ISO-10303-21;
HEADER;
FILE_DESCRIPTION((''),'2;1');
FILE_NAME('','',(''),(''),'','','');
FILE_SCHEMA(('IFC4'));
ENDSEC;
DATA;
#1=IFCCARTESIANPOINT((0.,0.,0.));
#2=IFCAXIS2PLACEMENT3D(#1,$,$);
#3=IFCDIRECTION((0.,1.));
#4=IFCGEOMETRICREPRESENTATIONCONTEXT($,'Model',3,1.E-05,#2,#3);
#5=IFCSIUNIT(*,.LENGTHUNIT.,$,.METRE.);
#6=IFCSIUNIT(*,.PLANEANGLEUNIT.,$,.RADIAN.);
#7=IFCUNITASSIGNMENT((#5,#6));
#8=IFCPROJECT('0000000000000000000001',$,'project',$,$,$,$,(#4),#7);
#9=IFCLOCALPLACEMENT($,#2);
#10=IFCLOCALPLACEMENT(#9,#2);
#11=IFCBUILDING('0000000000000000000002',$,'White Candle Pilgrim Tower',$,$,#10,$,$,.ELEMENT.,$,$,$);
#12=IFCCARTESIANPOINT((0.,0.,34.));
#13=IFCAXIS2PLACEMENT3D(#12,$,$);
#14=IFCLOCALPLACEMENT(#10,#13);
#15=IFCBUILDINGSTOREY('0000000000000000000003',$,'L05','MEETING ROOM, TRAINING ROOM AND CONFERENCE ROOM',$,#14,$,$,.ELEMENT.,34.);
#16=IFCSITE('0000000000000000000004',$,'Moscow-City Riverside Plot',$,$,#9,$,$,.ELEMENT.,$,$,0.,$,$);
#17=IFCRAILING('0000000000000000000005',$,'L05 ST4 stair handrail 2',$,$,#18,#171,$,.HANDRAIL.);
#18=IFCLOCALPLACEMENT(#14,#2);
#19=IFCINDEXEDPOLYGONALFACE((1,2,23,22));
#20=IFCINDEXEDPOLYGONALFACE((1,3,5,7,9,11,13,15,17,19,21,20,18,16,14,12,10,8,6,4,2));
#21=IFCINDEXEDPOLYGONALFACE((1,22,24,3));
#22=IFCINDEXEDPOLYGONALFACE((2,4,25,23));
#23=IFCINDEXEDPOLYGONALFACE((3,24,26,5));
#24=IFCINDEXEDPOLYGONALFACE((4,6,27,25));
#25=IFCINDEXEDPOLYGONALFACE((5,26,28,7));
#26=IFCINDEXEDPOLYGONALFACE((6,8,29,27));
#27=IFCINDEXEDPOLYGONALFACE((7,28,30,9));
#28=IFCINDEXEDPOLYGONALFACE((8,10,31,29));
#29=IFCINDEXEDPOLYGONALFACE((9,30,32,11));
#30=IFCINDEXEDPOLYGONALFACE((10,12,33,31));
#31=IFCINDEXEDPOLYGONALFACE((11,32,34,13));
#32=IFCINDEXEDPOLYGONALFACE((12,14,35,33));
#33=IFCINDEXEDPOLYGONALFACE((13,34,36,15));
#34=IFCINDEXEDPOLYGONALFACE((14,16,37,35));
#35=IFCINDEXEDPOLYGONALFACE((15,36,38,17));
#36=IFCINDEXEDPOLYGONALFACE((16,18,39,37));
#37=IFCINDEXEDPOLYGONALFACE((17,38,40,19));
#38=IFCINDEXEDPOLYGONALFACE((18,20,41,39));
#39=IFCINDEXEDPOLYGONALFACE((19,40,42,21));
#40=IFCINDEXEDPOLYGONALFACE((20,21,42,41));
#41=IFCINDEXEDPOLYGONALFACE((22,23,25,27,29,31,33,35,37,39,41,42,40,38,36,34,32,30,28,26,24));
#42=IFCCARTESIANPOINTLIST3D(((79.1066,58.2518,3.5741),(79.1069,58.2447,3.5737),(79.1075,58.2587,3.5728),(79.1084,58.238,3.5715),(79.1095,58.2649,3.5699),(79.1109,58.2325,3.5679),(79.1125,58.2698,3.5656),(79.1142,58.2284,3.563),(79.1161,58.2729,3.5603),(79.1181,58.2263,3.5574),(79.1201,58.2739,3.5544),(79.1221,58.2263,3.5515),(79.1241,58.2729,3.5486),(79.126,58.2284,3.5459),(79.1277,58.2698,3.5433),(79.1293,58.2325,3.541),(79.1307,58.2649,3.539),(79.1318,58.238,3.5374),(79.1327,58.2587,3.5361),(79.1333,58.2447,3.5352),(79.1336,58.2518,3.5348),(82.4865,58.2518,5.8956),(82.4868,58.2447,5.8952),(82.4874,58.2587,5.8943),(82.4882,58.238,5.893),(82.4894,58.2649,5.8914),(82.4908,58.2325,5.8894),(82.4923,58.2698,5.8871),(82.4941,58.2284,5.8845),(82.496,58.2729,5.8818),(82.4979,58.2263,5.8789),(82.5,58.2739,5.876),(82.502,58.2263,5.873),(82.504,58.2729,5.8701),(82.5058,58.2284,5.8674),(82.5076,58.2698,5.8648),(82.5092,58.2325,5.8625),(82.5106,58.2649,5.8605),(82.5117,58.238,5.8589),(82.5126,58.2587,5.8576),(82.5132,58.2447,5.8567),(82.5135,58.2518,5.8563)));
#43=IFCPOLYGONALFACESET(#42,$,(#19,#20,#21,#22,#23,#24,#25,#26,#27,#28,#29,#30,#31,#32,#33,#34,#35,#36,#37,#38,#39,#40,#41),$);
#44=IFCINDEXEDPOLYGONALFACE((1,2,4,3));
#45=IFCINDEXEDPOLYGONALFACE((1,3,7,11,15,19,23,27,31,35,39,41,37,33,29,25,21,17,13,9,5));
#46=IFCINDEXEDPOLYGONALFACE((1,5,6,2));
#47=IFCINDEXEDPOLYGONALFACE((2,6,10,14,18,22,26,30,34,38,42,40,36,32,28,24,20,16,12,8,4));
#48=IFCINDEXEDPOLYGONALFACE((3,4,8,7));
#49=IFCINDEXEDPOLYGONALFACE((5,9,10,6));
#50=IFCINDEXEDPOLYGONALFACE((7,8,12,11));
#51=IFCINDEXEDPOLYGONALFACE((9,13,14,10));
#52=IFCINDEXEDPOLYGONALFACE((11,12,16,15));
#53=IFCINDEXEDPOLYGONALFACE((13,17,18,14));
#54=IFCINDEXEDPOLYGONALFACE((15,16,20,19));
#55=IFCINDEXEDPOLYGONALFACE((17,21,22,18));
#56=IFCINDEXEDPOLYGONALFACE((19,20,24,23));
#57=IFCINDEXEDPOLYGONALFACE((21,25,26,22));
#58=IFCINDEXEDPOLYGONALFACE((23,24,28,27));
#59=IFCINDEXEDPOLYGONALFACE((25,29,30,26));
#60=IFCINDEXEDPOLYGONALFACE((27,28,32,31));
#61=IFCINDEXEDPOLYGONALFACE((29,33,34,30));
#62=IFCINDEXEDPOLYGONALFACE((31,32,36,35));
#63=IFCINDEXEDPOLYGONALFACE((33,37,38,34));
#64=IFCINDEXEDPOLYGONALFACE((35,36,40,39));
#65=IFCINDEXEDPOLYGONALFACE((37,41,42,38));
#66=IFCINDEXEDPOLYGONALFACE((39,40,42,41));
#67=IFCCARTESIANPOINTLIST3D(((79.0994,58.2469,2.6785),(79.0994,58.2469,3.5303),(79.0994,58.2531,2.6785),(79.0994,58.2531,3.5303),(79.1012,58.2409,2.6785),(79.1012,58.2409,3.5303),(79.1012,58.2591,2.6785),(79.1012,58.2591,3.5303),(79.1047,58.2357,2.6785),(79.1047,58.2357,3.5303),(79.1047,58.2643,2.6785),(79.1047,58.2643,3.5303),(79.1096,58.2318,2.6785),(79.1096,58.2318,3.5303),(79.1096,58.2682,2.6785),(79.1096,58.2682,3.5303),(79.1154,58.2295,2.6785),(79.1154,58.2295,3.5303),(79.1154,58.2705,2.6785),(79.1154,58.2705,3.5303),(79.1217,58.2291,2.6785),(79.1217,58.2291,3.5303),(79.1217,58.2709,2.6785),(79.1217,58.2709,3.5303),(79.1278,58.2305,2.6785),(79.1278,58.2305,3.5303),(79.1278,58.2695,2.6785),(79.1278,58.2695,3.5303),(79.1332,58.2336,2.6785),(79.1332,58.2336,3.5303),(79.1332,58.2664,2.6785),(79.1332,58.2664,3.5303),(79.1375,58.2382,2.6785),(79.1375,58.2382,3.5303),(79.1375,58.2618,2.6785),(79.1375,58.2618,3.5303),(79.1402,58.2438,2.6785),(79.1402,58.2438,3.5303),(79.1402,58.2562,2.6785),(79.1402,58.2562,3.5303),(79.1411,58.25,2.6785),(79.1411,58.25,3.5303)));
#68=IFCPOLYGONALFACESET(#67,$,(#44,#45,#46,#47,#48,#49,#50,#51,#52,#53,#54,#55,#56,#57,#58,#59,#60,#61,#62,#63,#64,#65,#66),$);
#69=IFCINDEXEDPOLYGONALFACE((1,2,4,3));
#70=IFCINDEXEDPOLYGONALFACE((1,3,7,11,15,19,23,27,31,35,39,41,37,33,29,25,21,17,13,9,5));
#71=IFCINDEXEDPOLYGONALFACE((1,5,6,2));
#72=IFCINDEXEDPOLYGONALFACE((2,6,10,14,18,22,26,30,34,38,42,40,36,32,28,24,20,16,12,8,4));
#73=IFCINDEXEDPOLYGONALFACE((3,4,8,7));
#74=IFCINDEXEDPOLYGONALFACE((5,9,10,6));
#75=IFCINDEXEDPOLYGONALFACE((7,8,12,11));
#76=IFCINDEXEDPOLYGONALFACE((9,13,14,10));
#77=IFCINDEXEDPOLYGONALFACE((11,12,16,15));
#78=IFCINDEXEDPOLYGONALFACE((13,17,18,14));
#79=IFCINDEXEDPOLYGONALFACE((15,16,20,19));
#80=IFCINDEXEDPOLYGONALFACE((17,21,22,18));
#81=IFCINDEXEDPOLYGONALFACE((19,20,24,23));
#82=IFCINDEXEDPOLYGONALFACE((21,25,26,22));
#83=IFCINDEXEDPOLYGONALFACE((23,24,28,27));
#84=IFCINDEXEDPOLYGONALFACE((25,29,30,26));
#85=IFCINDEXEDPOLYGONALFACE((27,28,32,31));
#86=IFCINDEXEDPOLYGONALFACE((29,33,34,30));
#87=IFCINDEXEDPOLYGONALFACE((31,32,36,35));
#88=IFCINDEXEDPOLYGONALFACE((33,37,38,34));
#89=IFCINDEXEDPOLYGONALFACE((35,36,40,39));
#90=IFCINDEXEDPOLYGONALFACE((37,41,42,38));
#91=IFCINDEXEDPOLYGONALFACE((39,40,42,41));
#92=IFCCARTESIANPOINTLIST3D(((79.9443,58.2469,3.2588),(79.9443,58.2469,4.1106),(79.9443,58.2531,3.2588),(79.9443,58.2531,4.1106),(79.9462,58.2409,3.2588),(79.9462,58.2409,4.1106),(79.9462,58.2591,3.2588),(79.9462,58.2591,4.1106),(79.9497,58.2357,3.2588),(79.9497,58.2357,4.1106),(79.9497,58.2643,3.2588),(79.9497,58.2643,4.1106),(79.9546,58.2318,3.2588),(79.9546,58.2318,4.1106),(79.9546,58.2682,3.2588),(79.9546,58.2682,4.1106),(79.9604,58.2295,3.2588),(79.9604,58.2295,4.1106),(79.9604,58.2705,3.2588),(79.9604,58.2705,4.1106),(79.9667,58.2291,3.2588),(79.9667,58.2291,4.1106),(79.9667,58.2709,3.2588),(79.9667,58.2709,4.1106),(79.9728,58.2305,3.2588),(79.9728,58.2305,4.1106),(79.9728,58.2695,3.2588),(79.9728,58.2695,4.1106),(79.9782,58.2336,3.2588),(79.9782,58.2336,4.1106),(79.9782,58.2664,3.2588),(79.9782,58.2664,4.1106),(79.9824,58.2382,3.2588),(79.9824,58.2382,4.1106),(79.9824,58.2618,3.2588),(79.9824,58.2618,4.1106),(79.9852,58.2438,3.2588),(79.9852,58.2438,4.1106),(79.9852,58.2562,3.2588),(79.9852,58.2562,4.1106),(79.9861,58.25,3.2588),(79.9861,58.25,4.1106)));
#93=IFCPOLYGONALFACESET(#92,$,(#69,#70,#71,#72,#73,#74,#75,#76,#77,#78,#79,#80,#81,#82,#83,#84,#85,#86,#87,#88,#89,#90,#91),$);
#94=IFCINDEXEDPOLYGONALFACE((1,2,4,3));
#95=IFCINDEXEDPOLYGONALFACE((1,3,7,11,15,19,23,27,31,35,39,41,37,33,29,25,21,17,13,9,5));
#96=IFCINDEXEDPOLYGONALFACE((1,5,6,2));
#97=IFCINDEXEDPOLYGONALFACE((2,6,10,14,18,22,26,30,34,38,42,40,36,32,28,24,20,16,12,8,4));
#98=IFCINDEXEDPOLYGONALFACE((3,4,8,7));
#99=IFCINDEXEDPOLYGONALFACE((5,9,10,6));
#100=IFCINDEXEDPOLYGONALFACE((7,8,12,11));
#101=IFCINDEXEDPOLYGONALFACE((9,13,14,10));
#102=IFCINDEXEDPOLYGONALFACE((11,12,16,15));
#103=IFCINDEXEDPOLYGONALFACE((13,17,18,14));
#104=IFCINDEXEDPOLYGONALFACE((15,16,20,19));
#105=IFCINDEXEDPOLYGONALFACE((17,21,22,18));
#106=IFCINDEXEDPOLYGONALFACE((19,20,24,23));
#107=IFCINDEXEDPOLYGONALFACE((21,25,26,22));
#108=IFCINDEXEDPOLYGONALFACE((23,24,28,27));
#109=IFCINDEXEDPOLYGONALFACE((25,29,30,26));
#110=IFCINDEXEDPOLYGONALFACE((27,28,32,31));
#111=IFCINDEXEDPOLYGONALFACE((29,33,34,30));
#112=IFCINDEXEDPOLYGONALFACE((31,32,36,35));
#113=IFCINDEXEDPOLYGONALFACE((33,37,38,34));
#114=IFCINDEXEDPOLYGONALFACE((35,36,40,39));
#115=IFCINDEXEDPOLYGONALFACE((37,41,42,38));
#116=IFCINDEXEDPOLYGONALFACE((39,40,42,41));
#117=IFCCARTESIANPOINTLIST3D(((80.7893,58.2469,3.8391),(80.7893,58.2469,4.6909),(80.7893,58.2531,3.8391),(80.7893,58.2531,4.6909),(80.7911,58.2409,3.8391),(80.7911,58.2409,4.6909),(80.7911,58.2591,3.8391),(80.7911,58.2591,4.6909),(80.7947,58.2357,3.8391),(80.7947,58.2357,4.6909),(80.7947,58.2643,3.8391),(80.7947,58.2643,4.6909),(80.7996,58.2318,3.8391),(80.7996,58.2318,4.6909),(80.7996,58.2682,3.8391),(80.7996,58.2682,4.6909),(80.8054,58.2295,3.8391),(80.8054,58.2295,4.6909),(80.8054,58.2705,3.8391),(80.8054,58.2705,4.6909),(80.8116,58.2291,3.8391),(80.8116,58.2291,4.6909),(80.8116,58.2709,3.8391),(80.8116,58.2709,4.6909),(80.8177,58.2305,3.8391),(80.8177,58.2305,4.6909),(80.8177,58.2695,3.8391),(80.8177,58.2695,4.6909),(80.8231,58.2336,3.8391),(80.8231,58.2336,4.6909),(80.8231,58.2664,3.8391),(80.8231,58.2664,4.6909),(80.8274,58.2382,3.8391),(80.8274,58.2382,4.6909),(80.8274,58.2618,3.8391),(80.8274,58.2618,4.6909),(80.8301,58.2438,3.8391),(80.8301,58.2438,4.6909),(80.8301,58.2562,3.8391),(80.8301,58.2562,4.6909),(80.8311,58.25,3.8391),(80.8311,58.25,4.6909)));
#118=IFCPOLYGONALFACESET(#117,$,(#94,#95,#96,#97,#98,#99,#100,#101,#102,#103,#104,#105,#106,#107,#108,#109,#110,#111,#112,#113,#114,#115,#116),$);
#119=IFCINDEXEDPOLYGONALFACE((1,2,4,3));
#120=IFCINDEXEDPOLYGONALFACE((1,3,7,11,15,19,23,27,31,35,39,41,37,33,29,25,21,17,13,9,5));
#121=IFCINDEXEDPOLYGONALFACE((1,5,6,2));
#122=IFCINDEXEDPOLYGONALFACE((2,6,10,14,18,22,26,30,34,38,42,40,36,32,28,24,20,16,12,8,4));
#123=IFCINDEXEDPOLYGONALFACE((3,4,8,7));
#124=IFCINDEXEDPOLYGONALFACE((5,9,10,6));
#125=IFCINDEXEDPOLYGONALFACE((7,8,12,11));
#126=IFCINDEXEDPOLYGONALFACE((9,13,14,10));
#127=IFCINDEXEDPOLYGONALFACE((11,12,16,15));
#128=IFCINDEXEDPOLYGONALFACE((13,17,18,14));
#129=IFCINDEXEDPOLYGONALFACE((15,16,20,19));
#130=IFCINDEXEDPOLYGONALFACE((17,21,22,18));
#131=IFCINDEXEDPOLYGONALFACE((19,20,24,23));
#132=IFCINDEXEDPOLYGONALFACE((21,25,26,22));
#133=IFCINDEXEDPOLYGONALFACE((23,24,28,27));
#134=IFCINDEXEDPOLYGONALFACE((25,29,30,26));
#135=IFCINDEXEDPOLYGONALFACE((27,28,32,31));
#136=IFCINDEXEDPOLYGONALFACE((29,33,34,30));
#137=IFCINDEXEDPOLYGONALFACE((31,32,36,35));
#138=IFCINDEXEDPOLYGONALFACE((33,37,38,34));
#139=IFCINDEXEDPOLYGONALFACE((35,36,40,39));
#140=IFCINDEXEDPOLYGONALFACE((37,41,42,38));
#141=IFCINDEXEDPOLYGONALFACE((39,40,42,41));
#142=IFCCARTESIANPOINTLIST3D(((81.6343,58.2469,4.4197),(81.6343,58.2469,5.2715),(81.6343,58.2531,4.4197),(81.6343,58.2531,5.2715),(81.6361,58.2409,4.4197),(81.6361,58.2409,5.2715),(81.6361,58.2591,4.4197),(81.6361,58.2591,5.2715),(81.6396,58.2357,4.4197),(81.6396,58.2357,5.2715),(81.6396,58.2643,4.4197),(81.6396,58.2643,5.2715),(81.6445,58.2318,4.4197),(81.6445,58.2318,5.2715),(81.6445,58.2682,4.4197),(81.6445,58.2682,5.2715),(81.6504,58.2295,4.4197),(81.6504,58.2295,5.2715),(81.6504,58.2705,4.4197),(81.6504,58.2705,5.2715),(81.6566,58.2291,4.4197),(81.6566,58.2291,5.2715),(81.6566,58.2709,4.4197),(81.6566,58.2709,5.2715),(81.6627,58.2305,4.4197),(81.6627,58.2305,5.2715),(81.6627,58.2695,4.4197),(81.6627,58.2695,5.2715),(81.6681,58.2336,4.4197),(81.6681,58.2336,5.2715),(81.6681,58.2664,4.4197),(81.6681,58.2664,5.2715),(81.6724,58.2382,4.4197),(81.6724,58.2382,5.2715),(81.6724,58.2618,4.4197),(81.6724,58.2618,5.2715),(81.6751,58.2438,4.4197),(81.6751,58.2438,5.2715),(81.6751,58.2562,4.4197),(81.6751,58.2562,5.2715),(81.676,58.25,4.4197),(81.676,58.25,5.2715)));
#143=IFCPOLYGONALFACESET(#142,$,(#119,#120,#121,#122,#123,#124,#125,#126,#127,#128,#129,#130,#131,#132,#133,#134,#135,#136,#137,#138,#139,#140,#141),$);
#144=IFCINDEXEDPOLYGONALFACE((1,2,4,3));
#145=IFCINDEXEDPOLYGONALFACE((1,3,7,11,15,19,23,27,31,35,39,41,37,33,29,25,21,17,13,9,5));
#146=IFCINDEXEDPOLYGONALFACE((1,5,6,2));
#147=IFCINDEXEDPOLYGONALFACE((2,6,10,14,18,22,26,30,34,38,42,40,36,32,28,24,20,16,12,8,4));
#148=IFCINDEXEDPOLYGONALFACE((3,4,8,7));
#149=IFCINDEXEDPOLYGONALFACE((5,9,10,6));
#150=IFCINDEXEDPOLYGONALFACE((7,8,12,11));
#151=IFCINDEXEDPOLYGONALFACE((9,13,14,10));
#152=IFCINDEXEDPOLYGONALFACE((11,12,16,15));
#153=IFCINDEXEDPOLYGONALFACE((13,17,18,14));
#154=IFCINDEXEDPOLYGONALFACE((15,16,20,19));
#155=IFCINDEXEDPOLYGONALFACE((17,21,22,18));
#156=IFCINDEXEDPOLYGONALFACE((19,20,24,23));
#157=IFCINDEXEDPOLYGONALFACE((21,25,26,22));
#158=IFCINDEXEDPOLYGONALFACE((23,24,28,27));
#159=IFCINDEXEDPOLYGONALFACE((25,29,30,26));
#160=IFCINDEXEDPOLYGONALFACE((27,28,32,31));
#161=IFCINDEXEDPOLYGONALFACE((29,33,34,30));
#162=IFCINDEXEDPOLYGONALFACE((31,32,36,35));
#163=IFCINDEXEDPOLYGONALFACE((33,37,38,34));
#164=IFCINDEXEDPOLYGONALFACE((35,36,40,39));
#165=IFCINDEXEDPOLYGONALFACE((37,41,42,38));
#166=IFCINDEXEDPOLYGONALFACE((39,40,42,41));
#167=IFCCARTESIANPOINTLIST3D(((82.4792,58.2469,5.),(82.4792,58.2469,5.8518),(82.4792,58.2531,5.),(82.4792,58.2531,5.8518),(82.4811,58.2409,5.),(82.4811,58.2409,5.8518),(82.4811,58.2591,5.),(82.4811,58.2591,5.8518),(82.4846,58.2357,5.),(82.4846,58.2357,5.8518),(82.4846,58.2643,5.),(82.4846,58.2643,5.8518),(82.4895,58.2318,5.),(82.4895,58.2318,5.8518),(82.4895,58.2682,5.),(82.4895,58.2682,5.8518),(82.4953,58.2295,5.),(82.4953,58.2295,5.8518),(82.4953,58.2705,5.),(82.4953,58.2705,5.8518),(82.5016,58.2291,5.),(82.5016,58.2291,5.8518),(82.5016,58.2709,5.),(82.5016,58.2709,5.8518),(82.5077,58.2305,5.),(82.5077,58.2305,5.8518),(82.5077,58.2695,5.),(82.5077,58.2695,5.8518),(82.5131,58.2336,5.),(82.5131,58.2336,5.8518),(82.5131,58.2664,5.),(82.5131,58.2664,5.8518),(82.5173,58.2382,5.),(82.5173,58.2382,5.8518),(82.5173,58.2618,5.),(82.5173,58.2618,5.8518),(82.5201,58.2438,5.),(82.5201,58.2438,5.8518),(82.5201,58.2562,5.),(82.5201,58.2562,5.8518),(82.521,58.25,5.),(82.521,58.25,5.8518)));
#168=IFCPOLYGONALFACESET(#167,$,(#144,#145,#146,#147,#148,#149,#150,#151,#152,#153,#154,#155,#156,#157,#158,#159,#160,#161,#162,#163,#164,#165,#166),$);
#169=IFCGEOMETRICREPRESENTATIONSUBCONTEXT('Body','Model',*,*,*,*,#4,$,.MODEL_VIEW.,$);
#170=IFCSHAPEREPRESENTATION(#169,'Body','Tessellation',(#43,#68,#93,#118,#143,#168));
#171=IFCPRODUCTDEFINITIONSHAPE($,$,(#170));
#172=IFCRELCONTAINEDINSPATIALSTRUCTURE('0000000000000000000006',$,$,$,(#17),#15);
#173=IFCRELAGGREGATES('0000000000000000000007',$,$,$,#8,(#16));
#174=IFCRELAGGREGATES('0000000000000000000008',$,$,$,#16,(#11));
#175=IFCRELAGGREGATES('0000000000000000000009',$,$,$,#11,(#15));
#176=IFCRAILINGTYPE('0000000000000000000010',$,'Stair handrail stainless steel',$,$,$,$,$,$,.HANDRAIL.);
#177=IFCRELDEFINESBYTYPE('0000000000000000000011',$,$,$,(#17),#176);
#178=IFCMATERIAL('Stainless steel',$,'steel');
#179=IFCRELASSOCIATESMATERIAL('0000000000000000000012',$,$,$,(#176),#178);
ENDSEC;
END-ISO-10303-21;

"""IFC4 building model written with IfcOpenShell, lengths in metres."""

from ifc_helpers import new_model, si_unit, direction, frame, origin, origin_2d, place, context, subcontext, project, spatial, circle, extrude, material, type_object, element, save


model = new_model("IFC4")

# Units and contexts
model_context = context("Model", 3, precision=1e-05, world=origin(), true_north=direction((0.0, 1.0)))
body_context = subcontext(model_context, "Body", "Model", "MODEL_VIEW")
ifc_project = project(units=[si_unit("LENGTHUNIT", "METRE"), si_unit("PLANEANGLEUNIT", "RADIAN")], contexts=[model_context])

# Site, building, storey
site_placement = place(None, origin())
site = spatial("IfcSite", under=ifc_project, at=site_placement, Name="Moscow-City Riverside Plot", CompositionType="ELEMENT", RefElevation=0.0)
building_placement = place(site_placement, origin())
building = spatial("IfcBuilding", under=site, at=building_placement, Name="White Candle Pilgrim Tower", CompositionType="ELEMENT")
storey_placement = place(building_placement, frame((0.0, 0.0, 34.0)))
storey = spatial("IfcBuildingStorey", under=building, at=storey_placement, Name="L05", Description="MEETING ROOM, TRAINING ROOM AND CONFERENCE ROOM", CompositionType="ELEMENT", Elevation=34.0)

# Railing
ifc_material_1 = material(Name="Stainless steel", Category="steel")
railing_type_1 = type_object("IfcRailingType", Name="Stair handrail stainless steel", PredefinedType="HANDRAIL", material=ifc_material_1)
railing_1_placement = place(storey_placement, frame((79.1201, 58.25, 2.6785)))
element("IfcRailing", 1, at=railing_1_placement, inside=storey, type_object=railing_type_1, Name="L05 ST4 stair handrail 2", PredefinedType="HANDRAIL", context=body_context, shape_type="SweptSolid", body=[
    extrude(circle(Radius=0.0239, at=origin_2d()), frame((0.0, 0.0, 0.876), z_axis=(0.824285, 0.0, 0.566175), x_axis=(0.0, 1.0, 0.0)), (0.0, 0.0, 1.0), 4.1003),
    extrude(circle(Radius=0.021, at=origin_2d()), origin(), (0.0, 0.0, 1.0), 0.8518),
    extrude(circle(Radius=0.021, at=origin_2d()), frame((0.845, 0.0, 0.5803)), (0.0, 0.0, 1.0), 0.8518),
    extrude(circle(Radius=0.021, at=origin_2d()), frame((1.6899, 0.0, 1.1606)), (0.0, 0.0, 1.0), 0.8518),
    extrude(circle(Radius=0.021, at=origin_2d()), frame((2.5349, 0.0, 1.7412)), (0.0, 0.0, 1.0), 0.8518),
    extrude(circle(Radius=0.021, at=origin_2d()), frame((3.3799, 0.0, 2.3215)), (0.0, 0.0, 1.0), 0.8518),
])

save(model, "model.ifc")
